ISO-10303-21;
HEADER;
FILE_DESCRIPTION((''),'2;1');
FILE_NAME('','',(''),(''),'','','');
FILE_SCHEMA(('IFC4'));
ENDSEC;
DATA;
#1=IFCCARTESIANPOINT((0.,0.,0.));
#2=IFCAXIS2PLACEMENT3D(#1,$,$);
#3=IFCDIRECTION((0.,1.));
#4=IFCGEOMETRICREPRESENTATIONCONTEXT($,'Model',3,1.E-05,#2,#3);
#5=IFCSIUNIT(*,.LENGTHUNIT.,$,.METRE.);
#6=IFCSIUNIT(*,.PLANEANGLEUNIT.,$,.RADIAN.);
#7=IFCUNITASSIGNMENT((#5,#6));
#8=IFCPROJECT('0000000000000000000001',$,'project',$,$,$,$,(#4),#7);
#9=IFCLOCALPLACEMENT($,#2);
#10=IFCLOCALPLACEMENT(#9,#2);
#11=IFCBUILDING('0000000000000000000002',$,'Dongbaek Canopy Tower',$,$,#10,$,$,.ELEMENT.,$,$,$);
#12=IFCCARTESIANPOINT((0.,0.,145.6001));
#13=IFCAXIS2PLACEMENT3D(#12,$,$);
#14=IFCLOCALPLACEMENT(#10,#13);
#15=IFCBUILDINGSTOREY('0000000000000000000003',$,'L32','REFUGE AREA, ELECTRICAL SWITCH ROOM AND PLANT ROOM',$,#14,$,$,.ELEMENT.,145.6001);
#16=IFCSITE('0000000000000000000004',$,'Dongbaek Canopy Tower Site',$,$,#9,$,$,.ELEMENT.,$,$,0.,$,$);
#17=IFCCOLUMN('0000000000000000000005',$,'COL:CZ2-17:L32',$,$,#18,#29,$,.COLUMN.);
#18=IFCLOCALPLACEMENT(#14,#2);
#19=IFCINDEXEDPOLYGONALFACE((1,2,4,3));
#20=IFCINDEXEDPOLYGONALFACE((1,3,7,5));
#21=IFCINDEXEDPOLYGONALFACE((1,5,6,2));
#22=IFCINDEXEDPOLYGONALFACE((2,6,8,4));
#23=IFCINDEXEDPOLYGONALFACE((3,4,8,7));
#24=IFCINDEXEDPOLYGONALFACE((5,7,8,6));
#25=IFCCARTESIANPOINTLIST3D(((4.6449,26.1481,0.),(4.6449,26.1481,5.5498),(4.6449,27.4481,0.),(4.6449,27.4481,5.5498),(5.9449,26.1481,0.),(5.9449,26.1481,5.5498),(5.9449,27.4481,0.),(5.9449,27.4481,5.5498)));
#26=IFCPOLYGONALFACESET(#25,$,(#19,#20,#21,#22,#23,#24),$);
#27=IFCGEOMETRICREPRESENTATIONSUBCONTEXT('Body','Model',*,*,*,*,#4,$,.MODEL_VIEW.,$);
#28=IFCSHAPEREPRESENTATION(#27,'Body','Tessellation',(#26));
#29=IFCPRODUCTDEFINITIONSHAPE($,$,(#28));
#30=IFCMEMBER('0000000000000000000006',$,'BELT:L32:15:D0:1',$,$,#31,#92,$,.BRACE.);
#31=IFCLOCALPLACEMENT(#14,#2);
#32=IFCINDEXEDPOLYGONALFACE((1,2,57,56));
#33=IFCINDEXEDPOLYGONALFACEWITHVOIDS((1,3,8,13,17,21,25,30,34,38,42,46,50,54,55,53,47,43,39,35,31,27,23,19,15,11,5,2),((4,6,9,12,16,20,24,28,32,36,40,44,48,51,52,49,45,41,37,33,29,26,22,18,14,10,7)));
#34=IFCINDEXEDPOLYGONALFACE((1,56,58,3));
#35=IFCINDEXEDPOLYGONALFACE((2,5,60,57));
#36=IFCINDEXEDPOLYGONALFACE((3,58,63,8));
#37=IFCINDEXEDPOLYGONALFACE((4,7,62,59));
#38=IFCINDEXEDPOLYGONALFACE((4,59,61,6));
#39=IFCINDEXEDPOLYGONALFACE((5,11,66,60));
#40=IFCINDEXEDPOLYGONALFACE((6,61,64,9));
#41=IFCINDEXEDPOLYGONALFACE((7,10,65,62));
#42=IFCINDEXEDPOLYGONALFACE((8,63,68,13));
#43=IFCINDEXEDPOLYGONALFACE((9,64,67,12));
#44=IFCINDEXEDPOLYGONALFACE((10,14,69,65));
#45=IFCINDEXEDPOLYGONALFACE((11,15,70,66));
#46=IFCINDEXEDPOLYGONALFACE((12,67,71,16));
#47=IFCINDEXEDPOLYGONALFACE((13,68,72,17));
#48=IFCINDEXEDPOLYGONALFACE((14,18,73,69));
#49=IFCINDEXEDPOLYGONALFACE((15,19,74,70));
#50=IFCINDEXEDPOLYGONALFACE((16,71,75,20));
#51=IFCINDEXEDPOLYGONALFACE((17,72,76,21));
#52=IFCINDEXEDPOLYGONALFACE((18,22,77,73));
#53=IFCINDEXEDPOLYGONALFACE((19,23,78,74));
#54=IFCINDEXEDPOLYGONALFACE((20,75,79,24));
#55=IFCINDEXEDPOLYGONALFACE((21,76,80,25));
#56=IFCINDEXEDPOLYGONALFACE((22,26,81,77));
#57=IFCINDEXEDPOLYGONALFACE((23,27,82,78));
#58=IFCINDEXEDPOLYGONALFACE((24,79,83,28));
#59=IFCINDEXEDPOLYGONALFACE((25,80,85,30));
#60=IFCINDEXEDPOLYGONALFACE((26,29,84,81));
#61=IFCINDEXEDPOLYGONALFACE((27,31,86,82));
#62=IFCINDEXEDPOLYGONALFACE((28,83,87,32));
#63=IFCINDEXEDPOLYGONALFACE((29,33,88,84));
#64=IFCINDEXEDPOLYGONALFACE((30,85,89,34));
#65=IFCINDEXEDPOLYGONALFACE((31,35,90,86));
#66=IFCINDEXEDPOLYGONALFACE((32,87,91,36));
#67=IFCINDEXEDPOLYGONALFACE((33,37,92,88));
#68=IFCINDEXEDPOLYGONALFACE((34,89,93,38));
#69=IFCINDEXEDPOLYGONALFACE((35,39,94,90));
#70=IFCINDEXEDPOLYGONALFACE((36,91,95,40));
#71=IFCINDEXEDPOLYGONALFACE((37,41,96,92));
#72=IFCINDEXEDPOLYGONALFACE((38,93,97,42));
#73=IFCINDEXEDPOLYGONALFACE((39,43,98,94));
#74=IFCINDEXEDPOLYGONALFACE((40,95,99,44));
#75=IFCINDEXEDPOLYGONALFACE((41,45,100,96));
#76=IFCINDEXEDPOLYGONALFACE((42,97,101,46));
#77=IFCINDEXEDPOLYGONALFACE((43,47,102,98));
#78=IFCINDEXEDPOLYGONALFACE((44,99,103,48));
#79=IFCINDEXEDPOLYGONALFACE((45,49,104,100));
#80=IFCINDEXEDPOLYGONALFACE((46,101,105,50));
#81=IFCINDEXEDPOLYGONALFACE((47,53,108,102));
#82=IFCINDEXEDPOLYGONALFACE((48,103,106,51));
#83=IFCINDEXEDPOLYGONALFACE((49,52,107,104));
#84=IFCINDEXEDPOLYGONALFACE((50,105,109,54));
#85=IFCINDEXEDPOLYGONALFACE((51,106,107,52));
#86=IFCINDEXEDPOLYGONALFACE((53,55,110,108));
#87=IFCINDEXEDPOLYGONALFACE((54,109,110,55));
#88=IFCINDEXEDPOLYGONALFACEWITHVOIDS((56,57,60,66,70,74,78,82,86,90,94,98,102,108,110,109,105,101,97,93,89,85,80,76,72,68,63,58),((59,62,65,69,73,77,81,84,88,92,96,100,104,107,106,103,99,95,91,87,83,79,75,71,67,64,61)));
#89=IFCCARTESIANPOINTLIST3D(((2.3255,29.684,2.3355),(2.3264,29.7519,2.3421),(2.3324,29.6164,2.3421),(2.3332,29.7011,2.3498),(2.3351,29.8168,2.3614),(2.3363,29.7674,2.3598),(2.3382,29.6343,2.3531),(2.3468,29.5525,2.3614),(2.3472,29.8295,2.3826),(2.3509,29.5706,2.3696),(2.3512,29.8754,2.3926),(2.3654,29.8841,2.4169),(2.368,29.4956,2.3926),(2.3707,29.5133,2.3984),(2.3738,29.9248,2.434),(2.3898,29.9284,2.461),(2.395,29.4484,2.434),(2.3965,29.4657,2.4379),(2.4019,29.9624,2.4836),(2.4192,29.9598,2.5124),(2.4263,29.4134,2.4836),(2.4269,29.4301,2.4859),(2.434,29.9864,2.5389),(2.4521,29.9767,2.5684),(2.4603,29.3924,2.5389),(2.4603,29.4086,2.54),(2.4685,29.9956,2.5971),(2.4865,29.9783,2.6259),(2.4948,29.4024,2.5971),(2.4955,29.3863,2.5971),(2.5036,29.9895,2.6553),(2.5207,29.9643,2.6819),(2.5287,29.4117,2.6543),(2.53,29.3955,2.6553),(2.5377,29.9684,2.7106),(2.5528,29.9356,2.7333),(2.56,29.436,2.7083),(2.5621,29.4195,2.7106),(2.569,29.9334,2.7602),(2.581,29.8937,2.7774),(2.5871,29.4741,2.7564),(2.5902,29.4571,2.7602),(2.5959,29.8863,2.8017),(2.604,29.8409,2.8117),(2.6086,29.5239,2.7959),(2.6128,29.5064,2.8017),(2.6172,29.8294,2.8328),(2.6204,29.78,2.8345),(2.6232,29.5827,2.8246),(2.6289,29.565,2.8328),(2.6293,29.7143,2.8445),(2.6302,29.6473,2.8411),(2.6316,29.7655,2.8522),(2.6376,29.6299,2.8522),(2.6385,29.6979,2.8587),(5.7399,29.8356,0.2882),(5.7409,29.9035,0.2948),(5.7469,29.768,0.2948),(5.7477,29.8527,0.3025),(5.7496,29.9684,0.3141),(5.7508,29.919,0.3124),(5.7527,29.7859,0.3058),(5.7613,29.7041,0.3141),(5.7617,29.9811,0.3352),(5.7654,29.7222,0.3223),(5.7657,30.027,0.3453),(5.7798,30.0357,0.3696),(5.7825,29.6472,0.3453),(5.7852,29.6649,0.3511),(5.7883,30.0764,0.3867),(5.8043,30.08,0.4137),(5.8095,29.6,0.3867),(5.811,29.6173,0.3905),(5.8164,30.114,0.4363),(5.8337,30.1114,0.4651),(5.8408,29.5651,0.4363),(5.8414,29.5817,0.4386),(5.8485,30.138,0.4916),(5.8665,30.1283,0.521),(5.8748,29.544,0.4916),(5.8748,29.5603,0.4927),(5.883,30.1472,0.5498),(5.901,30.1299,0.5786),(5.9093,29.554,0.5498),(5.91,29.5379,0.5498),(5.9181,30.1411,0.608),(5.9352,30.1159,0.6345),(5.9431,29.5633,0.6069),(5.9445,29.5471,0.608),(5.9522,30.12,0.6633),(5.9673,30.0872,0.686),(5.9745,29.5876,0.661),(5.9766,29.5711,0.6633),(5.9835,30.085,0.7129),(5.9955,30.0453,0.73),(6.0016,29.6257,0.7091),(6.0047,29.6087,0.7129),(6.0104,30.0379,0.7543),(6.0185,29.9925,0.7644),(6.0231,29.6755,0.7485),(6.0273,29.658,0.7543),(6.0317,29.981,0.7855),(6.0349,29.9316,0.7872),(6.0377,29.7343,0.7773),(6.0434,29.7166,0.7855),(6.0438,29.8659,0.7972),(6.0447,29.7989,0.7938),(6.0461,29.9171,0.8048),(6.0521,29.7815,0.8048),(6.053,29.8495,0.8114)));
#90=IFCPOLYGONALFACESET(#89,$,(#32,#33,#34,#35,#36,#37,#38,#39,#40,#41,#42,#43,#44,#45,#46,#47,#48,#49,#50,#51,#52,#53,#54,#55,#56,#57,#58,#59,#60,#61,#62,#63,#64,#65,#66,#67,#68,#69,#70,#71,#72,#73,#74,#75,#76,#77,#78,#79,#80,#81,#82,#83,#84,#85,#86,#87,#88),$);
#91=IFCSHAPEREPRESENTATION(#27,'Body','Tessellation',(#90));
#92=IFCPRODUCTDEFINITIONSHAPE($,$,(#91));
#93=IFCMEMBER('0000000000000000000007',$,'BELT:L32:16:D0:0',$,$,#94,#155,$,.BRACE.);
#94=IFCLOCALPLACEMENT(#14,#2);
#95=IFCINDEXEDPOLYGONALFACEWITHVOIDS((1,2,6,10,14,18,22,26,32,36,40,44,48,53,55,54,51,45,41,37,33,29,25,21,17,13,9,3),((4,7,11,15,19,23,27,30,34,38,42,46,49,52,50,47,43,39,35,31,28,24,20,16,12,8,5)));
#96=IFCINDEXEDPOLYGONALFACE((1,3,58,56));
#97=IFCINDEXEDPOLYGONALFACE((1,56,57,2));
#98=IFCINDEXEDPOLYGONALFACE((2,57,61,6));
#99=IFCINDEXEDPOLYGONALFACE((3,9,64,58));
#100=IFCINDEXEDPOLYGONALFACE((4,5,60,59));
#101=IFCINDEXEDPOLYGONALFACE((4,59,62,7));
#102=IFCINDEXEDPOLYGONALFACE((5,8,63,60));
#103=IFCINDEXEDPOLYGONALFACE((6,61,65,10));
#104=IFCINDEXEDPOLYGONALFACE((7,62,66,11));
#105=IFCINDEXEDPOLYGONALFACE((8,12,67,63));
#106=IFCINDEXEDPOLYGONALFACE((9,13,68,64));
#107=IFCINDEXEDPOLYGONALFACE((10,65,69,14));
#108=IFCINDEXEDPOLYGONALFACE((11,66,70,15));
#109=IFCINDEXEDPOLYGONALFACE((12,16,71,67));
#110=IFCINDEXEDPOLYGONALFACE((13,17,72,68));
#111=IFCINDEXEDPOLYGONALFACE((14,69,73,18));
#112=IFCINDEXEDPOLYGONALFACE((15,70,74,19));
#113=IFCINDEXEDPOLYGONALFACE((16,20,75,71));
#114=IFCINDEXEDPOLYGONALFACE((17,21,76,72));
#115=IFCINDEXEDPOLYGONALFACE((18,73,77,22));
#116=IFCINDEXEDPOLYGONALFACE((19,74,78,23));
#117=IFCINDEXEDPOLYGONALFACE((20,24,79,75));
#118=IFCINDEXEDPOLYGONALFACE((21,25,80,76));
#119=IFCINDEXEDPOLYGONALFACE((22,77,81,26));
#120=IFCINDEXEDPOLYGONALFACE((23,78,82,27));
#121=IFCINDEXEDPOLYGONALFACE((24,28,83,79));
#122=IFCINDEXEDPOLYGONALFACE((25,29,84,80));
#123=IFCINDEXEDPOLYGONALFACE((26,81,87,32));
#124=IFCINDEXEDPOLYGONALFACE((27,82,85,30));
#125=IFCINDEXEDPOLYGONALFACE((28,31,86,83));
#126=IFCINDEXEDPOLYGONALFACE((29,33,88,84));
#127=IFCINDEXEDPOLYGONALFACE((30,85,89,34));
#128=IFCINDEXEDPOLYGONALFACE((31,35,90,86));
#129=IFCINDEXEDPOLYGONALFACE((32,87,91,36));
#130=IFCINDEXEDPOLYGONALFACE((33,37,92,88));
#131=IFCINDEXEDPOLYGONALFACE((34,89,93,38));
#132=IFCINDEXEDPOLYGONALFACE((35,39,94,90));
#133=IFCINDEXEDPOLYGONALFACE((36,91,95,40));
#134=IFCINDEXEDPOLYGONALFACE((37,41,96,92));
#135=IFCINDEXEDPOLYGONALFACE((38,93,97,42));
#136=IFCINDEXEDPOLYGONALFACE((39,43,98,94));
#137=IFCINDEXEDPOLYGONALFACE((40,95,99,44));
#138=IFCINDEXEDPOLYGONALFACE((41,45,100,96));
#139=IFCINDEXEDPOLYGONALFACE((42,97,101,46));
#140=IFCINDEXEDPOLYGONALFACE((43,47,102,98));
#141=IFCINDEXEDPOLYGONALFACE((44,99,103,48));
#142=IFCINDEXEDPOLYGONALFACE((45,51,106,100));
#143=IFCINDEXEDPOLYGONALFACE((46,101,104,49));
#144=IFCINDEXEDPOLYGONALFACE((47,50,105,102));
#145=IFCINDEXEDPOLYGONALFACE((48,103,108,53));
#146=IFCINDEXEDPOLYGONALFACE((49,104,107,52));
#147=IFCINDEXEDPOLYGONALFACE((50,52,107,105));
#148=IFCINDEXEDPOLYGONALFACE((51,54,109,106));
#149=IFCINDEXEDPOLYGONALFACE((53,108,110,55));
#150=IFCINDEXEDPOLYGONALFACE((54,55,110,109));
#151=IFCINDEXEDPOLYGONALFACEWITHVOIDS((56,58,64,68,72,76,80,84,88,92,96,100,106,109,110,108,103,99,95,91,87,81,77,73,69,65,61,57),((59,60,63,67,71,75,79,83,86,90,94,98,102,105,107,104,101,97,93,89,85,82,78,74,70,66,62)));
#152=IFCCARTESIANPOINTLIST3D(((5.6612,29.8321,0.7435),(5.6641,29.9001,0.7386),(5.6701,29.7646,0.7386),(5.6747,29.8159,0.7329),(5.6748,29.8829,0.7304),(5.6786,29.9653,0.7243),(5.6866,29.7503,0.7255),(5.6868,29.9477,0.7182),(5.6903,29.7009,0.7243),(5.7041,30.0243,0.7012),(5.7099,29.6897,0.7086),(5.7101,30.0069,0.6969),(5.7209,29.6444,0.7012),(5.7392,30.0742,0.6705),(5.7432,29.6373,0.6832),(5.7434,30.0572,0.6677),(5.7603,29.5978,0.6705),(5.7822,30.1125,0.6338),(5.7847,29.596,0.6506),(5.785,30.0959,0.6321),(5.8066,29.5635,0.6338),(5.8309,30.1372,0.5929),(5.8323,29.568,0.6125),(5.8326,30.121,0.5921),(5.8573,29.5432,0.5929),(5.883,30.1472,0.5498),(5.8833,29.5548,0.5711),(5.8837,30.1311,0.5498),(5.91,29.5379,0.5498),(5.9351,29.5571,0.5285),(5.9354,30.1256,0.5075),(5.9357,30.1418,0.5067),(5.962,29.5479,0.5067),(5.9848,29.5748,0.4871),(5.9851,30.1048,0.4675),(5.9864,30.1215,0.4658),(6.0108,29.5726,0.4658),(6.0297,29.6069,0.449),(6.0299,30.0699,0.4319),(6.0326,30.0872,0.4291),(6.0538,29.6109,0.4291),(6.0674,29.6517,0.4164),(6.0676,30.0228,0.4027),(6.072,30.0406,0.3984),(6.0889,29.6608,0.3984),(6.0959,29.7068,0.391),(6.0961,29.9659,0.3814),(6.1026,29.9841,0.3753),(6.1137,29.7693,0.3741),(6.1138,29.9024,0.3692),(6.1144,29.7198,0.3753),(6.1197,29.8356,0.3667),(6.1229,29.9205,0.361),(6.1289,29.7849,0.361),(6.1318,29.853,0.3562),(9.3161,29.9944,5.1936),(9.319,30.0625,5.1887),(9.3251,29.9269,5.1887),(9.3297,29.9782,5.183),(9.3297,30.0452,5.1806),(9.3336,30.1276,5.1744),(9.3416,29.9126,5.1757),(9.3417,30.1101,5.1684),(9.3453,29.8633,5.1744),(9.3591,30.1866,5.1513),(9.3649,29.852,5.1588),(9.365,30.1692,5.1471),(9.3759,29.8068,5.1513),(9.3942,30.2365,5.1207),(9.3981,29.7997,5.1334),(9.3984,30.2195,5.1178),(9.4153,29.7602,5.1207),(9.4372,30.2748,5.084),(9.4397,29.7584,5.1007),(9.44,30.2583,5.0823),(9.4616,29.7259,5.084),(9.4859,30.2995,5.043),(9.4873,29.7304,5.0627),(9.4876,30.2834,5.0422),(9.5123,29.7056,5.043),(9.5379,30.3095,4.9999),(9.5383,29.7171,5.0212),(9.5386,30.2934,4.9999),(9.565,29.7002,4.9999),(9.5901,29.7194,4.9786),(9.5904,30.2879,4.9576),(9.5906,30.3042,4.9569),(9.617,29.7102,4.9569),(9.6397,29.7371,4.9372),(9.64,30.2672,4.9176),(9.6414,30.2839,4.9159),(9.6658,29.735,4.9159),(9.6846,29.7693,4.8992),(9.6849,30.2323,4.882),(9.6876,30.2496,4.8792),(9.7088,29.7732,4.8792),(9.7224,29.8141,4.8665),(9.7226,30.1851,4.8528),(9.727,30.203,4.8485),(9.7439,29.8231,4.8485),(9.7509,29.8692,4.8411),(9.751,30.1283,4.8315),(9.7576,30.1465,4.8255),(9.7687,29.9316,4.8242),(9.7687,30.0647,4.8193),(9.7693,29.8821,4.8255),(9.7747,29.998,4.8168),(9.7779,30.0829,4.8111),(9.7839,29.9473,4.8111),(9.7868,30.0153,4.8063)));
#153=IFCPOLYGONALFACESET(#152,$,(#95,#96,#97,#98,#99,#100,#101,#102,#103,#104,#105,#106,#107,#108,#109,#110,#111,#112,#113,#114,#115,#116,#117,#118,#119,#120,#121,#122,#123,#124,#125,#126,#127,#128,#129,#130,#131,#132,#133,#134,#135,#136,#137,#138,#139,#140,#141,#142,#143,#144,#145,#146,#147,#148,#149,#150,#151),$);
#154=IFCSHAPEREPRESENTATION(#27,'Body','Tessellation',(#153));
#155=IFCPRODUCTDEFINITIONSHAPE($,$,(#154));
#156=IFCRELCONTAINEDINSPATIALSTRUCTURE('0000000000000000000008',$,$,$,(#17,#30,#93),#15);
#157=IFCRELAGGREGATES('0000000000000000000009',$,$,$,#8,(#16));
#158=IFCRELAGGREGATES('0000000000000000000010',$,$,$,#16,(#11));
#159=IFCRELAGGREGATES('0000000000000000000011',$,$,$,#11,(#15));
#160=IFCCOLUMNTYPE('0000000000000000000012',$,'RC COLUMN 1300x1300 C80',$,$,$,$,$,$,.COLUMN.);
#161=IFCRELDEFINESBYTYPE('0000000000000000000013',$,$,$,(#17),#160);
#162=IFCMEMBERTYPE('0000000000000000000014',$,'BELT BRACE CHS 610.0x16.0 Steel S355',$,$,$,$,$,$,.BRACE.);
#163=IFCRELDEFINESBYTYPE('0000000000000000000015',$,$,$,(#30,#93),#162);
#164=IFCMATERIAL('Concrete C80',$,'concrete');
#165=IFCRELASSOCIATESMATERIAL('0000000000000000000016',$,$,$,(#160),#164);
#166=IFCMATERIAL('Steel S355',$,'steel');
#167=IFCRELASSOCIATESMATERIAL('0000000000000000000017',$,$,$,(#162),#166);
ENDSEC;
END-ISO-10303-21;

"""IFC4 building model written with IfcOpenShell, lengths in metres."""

from ifc_helpers import new_model, si_unit, direction, frame, origin, origin_2d, place, context, subcontext, project, spatial, rectangle, hollow_circle, extrude, material, material_profile, profile_set, type_object, element, save


model = new_model("IFC4")

# Units and contexts
model_context = context("Model", 3, precision=1e-05, world=origin(), true_north=direction((0.0, 1.0)))
body_context = subcontext(model_context, "Body", "Model", "MODEL_VIEW")
ifc_project = project(units=[si_unit("LENGTHUNIT", "METRE"), si_unit("PLANEANGLEUNIT", "RADIAN")], contexts=[model_context])

# Site, building, storey
site_placement = place(None, origin())
site = spatial("IfcSite", under=ifc_project, at=site_placement, Name="Dongbaek Canopy Tower Site", CompositionType="ELEMENT", RefElevation=0.0)
building_placement = place(site_placement, origin())
building = spatial("IfcBuilding", under=site, at=building_placement, Name="Dongbaek Canopy Tower", CompositionType="ELEMENT")
storey_placement = place(building_placement, frame((0.0, 0.0, 145.6001)))
storey = spatial("IfcBuildingStorey", under=building, at=storey_placement, Name="L32", Description="REFUGE AREA, ELECTRICAL SWITCH ROOM AND PLANT ROOM", CompositionType="ELEMENT", Elevation=145.6001)

# Column
ifc_material_1 = material(Name="Concrete C80", Category="concrete")
ifc_material_profile_1 = material_profile(ifc_material_1, rectangle(XDim=1.3, YDim=1.3, at=origin_2d()), Name="RC COLUMN 1300x1300 C80")
ifc_profile_set_1 = profile_set([ifc_material_profile_1], Name="Concrete C80")
column_type = type_object("IfcColumnType", Name="RC COLUMN 1300x1300 C80", PredefinedType="COLUMN", material=ifc_profile_set_1)
column_placement = place(storey_placement, frame((5.2949, 26.7981, 0.0), z_axis=(0.0, 0.0, 1.0), x_axis=(1.0, 0.0, 0.0)))
element("IfcColumn", 1, at=column_placement, inside=storey, type_object=column_type, Name="COL:CZ2-17:L32", PredefinedType="COLUMN", context=body_context, shape_type="SweptSolid", body=[
    extrude(rectangle(XDim=1.3, YDim=1.3, at=origin_2d()), origin(), (0.0, 0.0, 1.0), 5.5498),
])

# Members
ifc_material_2 = material(Name="Steel S355", Category="steel")
ifc_material_profile_2 = material_profile(ifc_material_2, hollow_circle(Radius=0.3049, WallThickness=0.0161, at=origin_2d()), Name="BELT BRACE CHS 610.0x16.0 Steel S355")
ifc_profile_set_2 = profile_set([ifc_material_profile_2], Name="Steel S355")
member_type_1 = type_object("IfcMemberType", Name="BELT BRACE CHS 610.0x16.0 Steel S355", PredefinedType="BRACE", material=ifc_profile_set_2)
member_1_placement = place(storey_placement, frame((5.8965, 29.8425, 0.5498), z_axis=(-0.857023, -0.038053, 0.513871), x_axis=(0.044358, -0.999016, 0.0)))
element("IfcMember", 2, at=member_1_placement, inside=storey, type_object=member_type_1, Name="BELT:L32:15:D0:1", PredefinedType="BRACE", context=body_context, shape_type="SweptSolid", body=[
    extrude(hollow_circle(Radius=0.3049, WallThickness=0.0161, at=origin_2d()), origin(), (0.0, 0.0, 1.0), 3.9841),
])
member_2_placement = place(storey_placement, frame((5.8965, 29.8425, 0.5498), z_axis=(0.634437, 0.028181, 0.772461), x_axis=(-0.044375, 0.999015, 0.0)))
element("IfcMember", 3, at=member_2_placement, inside=storey, type_object=member_type_1, Name="BELT:L32:16:D0:0", PredefinedType="BRACE", context=body_context, shape_type="SweptSolid", body=[
    extrude(hollow_circle(Radius=0.3049, WallThickness=0.0161, at=origin_2d()), origin(), (0.0, 0.0, 1.0), 5.761),
])

save(model, "model.ifc")
